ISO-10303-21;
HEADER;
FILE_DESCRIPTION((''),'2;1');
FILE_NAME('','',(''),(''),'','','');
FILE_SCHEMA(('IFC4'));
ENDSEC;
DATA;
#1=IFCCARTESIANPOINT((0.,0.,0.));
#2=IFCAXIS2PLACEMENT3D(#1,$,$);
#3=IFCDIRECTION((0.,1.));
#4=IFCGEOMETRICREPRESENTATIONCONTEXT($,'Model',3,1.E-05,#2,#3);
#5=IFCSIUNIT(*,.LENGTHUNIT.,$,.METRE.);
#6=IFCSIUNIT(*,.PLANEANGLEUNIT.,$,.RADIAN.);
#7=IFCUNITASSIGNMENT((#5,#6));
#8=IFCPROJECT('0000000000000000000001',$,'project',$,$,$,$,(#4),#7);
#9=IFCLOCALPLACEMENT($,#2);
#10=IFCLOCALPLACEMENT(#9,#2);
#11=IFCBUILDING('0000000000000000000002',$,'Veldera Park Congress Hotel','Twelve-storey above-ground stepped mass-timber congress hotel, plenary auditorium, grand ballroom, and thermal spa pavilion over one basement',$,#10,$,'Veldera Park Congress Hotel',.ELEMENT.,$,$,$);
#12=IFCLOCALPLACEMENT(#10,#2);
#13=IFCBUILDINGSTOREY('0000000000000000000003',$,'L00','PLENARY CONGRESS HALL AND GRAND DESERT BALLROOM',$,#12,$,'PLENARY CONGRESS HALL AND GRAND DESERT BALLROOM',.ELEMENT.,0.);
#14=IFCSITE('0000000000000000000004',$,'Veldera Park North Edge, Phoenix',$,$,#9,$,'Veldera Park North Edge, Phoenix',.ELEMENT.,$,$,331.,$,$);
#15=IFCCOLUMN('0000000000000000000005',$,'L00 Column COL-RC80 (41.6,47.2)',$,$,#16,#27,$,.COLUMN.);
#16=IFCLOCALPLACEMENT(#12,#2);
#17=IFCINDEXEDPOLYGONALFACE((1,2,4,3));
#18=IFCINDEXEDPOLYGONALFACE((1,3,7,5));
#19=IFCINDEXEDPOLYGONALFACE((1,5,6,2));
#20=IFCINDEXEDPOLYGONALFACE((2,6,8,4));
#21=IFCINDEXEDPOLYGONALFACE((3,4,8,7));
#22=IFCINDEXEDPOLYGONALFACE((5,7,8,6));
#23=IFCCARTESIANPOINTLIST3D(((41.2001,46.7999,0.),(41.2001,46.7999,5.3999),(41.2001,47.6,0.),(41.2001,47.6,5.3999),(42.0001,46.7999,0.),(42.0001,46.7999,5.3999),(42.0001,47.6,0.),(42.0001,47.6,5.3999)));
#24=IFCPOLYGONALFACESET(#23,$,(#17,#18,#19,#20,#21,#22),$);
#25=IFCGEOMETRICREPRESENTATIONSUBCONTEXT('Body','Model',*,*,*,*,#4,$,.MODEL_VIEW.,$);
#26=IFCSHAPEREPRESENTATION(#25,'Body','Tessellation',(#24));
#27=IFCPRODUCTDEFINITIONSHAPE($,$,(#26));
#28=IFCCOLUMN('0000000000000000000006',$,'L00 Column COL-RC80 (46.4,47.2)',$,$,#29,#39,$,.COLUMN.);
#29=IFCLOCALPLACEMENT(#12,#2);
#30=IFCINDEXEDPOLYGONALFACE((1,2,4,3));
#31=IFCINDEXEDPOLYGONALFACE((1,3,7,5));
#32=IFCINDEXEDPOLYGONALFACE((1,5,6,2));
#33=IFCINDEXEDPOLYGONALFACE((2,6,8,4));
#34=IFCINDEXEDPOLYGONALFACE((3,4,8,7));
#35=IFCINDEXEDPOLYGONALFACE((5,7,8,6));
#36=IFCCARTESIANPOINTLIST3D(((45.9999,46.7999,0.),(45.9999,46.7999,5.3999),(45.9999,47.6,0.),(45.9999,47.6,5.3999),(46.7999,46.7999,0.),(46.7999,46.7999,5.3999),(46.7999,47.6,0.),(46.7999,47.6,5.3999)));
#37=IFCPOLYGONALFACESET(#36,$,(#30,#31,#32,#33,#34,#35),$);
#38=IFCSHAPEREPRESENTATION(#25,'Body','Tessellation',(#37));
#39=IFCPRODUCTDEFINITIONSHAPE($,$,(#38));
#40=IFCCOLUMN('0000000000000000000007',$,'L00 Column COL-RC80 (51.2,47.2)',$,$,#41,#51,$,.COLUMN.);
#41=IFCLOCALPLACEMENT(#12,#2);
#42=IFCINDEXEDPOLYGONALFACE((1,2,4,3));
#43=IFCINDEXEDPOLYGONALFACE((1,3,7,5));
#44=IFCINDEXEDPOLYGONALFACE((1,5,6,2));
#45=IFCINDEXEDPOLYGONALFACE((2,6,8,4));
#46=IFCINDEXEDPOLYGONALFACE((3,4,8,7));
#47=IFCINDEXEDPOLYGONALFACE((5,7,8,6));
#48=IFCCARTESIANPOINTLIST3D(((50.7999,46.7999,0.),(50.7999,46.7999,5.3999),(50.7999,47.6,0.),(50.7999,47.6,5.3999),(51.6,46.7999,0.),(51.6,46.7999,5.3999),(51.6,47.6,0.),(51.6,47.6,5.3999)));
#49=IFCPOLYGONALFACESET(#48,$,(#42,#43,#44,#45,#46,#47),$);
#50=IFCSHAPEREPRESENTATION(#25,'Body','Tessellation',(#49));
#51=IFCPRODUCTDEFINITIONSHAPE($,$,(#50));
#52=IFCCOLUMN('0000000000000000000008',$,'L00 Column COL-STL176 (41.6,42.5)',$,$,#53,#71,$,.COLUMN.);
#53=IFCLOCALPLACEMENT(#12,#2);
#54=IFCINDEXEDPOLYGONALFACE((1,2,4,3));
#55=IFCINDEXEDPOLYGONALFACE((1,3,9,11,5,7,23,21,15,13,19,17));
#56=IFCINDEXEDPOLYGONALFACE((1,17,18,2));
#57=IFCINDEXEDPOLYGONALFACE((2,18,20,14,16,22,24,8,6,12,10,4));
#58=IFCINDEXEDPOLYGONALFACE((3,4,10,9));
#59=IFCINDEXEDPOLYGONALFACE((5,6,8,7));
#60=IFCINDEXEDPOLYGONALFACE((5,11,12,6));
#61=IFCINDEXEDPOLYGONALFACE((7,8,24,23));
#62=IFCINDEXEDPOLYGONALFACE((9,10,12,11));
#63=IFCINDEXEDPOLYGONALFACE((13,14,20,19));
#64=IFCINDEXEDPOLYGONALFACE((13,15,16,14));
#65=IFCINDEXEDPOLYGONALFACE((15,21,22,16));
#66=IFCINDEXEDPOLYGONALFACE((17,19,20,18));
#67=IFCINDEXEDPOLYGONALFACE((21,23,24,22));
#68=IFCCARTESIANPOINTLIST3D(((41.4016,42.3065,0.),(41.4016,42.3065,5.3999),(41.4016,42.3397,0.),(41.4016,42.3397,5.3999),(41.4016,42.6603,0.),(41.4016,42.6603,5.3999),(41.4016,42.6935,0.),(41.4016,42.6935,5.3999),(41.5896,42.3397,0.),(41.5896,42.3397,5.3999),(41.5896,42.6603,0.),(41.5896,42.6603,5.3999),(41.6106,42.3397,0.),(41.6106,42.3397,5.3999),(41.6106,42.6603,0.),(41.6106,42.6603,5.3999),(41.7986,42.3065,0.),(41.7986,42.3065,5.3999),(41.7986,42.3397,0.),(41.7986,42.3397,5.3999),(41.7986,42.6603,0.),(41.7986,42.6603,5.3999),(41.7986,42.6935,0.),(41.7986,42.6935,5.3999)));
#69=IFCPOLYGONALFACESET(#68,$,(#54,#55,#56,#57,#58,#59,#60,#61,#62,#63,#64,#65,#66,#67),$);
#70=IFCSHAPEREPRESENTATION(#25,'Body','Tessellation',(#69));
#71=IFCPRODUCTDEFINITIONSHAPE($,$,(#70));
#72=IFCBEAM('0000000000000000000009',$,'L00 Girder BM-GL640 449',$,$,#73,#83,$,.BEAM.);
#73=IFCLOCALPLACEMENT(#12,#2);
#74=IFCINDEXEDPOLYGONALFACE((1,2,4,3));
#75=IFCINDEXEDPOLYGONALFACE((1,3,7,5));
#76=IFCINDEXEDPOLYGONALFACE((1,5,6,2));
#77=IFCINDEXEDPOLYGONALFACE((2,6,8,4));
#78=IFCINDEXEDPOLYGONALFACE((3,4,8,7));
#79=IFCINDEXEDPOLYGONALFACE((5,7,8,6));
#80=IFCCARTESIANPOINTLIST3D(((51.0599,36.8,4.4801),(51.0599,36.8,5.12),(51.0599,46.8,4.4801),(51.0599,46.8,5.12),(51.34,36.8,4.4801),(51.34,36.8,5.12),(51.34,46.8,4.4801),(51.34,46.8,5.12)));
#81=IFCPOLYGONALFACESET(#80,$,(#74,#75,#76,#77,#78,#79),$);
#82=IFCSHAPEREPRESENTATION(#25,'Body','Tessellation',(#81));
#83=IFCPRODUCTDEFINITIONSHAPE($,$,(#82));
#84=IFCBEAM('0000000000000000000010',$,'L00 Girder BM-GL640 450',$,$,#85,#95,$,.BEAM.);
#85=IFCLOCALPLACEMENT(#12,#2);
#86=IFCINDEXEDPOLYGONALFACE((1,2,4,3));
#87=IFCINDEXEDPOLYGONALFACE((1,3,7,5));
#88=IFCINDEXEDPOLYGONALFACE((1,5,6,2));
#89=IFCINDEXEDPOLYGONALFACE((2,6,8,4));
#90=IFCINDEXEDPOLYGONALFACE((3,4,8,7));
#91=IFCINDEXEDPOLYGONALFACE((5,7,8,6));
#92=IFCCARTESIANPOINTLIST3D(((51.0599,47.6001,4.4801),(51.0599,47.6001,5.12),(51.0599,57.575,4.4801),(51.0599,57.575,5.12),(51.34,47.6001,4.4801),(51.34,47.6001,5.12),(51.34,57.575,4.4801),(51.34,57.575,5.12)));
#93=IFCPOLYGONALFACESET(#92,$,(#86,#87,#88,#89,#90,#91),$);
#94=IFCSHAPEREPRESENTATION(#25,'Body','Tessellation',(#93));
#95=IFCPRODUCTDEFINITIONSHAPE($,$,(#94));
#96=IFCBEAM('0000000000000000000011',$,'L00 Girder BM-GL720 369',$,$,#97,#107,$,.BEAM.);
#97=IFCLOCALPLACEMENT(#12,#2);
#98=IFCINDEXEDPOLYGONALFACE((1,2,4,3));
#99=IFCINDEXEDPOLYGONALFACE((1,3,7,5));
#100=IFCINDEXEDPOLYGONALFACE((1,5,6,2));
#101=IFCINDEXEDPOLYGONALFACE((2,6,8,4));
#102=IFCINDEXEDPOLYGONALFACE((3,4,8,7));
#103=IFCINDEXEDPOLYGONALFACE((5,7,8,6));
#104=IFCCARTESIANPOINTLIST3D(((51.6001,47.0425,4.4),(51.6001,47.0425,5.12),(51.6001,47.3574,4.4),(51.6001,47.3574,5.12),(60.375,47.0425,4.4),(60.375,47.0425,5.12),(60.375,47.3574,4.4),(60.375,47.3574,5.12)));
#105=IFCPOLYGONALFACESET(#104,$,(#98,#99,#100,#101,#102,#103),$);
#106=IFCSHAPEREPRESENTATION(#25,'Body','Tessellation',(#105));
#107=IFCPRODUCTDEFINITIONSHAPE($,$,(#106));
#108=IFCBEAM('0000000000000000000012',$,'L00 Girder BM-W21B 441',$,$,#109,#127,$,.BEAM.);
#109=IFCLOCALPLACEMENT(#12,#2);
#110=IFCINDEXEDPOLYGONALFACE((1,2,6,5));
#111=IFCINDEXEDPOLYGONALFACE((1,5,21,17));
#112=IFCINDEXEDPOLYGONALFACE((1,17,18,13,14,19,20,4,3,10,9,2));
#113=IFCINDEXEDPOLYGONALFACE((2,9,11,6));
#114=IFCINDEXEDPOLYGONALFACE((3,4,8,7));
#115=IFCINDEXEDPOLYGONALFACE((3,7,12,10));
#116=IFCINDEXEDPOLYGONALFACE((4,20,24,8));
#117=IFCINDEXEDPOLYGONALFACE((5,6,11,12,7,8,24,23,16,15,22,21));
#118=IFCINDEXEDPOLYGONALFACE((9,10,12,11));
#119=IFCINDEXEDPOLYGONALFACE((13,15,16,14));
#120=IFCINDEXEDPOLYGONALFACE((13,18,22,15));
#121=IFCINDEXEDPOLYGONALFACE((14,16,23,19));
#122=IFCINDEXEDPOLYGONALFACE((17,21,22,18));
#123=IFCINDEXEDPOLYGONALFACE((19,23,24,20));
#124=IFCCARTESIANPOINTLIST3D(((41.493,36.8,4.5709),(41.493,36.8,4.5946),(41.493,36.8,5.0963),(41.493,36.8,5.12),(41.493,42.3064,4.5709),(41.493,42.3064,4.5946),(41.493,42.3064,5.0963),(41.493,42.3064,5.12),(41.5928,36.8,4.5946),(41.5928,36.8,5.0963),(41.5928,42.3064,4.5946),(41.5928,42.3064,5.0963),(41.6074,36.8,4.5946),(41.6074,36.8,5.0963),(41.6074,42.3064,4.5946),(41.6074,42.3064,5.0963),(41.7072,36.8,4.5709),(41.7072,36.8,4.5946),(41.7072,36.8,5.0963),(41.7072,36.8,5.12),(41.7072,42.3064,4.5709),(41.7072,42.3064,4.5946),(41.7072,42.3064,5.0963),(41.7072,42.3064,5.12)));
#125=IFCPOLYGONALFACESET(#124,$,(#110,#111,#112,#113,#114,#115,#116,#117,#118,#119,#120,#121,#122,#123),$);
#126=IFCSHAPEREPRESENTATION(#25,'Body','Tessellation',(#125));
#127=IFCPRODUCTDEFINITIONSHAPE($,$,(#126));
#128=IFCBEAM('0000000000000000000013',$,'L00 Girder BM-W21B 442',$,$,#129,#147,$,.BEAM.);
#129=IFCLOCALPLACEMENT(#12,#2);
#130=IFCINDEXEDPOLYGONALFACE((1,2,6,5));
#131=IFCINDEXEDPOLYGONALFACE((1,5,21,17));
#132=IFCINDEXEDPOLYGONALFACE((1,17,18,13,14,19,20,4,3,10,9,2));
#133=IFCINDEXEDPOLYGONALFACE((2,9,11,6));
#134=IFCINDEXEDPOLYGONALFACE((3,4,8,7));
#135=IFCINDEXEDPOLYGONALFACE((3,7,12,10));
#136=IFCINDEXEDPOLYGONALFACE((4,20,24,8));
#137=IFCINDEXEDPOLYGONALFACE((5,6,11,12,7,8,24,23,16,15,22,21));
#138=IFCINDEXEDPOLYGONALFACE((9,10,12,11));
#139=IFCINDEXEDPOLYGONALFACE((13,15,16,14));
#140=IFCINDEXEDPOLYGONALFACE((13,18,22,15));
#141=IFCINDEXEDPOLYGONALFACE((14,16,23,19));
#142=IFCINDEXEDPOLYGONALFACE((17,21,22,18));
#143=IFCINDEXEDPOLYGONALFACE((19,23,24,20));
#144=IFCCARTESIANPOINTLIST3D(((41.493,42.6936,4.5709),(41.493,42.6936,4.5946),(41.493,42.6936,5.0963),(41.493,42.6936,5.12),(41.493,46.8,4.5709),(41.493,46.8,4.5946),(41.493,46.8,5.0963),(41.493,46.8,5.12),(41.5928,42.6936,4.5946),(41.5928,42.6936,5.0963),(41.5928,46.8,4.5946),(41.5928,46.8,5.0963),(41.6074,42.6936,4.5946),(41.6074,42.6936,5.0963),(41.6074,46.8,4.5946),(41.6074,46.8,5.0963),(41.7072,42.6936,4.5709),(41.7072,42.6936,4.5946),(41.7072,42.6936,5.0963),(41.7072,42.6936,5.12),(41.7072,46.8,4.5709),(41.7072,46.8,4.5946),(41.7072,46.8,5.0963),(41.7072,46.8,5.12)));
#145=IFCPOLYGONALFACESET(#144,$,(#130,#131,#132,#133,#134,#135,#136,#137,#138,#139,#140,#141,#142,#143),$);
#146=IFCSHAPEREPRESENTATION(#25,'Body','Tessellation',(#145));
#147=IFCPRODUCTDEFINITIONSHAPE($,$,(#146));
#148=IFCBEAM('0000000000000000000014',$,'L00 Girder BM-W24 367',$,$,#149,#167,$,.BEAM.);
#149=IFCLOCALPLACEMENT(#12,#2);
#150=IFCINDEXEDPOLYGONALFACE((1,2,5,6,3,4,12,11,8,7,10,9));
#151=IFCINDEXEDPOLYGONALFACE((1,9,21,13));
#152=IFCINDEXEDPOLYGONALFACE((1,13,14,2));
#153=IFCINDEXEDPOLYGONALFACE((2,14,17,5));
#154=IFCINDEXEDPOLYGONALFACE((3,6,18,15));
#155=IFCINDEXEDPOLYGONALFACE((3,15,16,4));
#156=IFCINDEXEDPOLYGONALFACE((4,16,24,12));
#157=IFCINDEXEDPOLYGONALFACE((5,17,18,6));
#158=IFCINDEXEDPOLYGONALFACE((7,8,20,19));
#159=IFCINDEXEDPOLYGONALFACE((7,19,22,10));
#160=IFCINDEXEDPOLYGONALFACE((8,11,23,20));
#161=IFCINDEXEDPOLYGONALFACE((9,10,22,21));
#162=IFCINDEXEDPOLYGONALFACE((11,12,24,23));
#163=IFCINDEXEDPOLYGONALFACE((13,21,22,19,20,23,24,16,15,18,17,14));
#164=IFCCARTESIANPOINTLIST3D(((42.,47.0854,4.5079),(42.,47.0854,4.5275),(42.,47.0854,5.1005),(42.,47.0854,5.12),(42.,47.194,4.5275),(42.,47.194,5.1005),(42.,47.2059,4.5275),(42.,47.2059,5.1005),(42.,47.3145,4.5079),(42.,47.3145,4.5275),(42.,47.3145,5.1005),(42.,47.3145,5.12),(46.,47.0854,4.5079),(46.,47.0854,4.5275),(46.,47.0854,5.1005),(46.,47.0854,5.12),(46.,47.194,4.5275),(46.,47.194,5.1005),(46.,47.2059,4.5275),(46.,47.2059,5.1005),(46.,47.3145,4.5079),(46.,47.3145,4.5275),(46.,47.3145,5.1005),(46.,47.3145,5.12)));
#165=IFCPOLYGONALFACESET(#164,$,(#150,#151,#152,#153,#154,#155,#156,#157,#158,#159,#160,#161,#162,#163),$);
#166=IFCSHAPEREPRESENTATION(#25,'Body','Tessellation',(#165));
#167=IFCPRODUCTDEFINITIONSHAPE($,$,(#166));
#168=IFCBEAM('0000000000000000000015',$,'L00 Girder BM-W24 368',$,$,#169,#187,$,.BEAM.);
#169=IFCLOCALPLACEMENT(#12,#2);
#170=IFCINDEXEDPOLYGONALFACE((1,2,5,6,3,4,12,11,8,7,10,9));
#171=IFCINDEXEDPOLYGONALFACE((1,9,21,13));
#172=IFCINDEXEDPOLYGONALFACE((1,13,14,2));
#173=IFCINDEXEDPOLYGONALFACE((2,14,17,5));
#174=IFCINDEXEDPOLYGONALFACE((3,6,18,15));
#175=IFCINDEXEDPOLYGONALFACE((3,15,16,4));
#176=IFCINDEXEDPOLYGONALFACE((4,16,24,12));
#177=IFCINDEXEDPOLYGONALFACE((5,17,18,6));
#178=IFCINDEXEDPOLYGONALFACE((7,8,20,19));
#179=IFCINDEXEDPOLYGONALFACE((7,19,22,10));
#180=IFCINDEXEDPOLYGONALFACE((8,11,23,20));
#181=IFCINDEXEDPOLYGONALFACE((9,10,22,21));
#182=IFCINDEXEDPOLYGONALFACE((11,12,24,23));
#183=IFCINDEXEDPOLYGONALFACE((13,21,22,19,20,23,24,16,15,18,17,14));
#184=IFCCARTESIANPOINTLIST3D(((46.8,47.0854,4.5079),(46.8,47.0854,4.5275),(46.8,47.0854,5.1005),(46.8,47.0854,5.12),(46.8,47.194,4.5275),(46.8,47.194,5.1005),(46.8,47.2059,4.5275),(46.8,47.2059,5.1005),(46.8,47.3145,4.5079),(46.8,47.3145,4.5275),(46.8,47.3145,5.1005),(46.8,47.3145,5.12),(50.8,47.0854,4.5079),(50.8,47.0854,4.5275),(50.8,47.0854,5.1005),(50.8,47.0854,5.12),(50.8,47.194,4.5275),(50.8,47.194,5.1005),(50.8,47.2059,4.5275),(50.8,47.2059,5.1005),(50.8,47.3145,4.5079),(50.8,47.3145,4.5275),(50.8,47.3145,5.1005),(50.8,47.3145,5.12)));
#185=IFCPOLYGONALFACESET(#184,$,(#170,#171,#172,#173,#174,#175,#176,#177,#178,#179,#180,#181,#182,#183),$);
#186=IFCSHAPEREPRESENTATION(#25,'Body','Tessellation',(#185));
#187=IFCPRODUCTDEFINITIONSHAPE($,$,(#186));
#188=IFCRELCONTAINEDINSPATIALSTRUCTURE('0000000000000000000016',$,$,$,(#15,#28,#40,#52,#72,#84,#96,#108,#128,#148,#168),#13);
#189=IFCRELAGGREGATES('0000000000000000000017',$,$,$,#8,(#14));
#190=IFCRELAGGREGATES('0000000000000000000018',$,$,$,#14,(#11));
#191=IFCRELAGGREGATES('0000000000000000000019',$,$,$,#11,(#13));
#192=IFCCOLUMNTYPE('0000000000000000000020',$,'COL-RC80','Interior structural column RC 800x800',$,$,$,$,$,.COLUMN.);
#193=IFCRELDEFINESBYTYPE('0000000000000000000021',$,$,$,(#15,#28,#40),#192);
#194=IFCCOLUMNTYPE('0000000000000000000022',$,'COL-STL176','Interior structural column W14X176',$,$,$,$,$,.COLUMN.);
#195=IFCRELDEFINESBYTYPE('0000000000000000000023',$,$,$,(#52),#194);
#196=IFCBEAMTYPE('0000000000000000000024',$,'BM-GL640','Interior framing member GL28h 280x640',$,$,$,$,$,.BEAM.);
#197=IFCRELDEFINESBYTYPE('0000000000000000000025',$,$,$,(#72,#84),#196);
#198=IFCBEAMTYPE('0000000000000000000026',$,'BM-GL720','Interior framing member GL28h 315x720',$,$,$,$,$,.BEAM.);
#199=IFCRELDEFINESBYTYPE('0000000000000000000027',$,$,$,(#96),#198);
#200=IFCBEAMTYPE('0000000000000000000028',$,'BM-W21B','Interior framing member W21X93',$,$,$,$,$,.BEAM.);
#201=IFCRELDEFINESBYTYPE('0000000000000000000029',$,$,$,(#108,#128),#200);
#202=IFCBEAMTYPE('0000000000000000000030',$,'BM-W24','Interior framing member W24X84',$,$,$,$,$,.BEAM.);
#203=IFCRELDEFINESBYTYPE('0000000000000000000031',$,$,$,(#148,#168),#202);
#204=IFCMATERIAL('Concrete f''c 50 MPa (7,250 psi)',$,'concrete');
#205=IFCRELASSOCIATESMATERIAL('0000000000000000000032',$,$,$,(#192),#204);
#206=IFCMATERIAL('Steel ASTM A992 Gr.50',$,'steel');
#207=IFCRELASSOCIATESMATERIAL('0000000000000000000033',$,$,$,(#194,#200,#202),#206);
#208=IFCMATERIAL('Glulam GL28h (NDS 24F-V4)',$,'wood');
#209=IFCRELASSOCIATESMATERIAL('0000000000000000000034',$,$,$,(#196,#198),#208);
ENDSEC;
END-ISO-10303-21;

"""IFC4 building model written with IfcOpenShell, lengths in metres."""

from ifc_helpers import new_model, si_unit, direction, frame, origin, origin_2d, place, context, subcontext, project, spatial, rectangle, i_section, extrude, material, material_profile, profile_set, type_object, element, save


model = new_model("IFC4")

# Units and contexts
model_context = context("Model", 3, precision=1e-05, world=origin(), true_north=direction((0.0, 1.0)))
body_context = subcontext(model_context, "Body", "Model", "MODEL_VIEW")
ifc_project = project(units=[si_unit("LENGTHUNIT", "METRE"), si_unit("PLANEANGLEUNIT", "RADIAN")], contexts=[model_context])

# Site, building, storey
site_placement = place(None, origin())
site = spatial("IfcSite", under=ifc_project, at=site_placement, Name="Veldera Park North Edge, Phoenix", LongName="Veldera Park North Edge, Phoenix", CompositionType="ELEMENT", RefElevation=331.0)
building_placement = place(site_placement, origin())
building = spatial("IfcBuilding", under=site, at=building_placement, Name="Veldera Park Congress Hotel", Description="Twelve-storey above-ground stepped mass-timber congress hotel, plenary auditorium, grand ballroom, and thermal spa pavilion over one basement", LongName="Veldera Park Congress Hotel", CompositionType="ELEMENT")
storey_placement = place(building_placement, origin())
storey = spatial("IfcBuildingStorey", under=building, at=storey_placement, Name="L00", Description="PLENARY CONGRESS HALL AND GRAND DESERT BALLROOM", LongName="PLENARY CONGRESS HALL AND GRAND DESERT BALLROOM", CompositionType="ELEMENT", Elevation=0.0)

# Columns
ifc_material_1 = material(Name="Concrete f'c 50 MPa (7,250 psi)", Category="concrete")
ifc_material_profile_1 = material_profile(ifc_material_1, rectangle(XDim=0.8, YDim=0.8, at=origin_2d()), Name="RC 800x800")
ifc_profile_set_1 = profile_set([ifc_material_profile_1], Name="Concrete f'c 50 MPa (7,250 psi)")
column_type_1 = type_object("IfcColumnType", Name="COL-RC80", Description="Interior structural column RC 800x800", PredefinedType="COLUMN", material=ifc_profile_set_1)
for number, where, z_axis, x_axis, name in (
    (1, (41.6001, 47.2, 0.0), (0.0, 0.0, 1.0), (1.0, 0.0, 0.0), "L00 Column COL-RC80 (41.6,47.2)"),
    (2, (46.3999, 47.2, 0.0), (0.0, 0.0, 1.0), (1.0, 0.0, 0.0), "L00 Column COL-RC80 (46.4,47.2)"),
    (3, (51.2, 47.2, 0.0), (0.0, 0.0, 1.0), (1.0, 0.0, 0.0), "L00 Column COL-RC80 (51.2,47.2)"),
):
    element("IfcColumn", number, at=place(storey_placement, frame(where, z_axis=z_axis, x_axis=x_axis)), inside=storey, type_object=column_type_1, Name=name, PredefinedType="COLUMN", context=body_context, shape_type="SweptSolid", body=[
        extrude(rectangle(XDim=0.8, YDim=0.8, at=origin_2d()), origin(), (0.0, 0.0, 1.0), 5.3999),
    ])
ifc_material_2 = material(Name="Steel ASTM A992 Gr.50", Category="steel")
ifc_material_profile_2 = material_profile(ifc_material_2, i_section(OverallWidth=0.397, OverallDepth=0.387, WebThickness=0.021, FlangeThickness=0.0332, at=origin_2d()), Name="W14X176")
ifc_profile_set_2 = profile_set([ifc_material_profile_2], Name="Steel ASTM A992 Gr.50")
column_type_2 = type_object("IfcColumnType", Name="COL-STL176", Description="Interior structural column W14X176", PredefinedType="COLUMN", material=ifc_profile_set_2)
column_placement = place(storey_placement, frame((41.6001, 42.5, 0.0), z_axis=(0.0, 0.0, 1.0), x_axis=(1.0, 0.0, 0.0)))
element("IfcColumn", 4, at=column_placement, inside=storey, type_object=column_type_2, Name="L00 Column COL-STL176 (41.6,42.5)", PredefinedType="COLUMN", context=body_context, shape_type="SweptSolid", body=[
    extrude(i_section(OverallWidth=0.397, OverallDepth=0.387, WebThickness=0.021, FlangeThickness=0.0332, at=origin_2d()), origin(), (0.0, 0.0, 1.0), 5.3999),
])

# Beams
ifc_material_3 = material(Name="Glulam GL28h (NDS 24F-V4)", Category="wood")
ifc_material_profile_3 = material_profile(ifc_material_3, rectangle(XDim=0.28, YDim=0.6399, at=origin_2d()), Name="GL28h 280x640")
ifc_profile_set_3 = profile_set([ifc_material_profile_3], Name="Glulam GL28h (NDS 24F-V4)")
beam_type_1 = type_object("IfcBeamType", Name="BM-GL640", Description="Interior framing member GL28h 280x640", PredefinedType="BEAM", material=ifc_profile_set_3)
beam_1_placement = place(storey_placement, frame((51.2, 36.8, 4.8), z_axis=(0.0, 1.0, 0.0), x_axis=(-1.0, 0.0, 0.0)))
element("IfcBeam", 5, at=beam_1_placement, inside=storey, type_object=beam_type_1, Name="L00 Girder BM-GL640 449", PredefinedType="BEAM", context=body_context, shape_type="SweptSolid", body=[
    extrude(rectangle(XDim=0.28, YDim=0.6399, at=origin_2d()), origin(), (0.0, 0.0, 1.0), 10.0),
])
beam_2_placement = place(storey_placement, frame((51.2, 47.6001, 4.8), z_axis=(0.0, 1.0, 0.0), x_axis=(-1.0, 0.0, 0.0)))
element("IfcBeam", 6, at=beam_2_placement, inside=storey, type_object=beam_type_1, Name="L00 Girder BM-GL640 450", PredefinedType="BEAM", context=body_context, shape_type="SweptSolid", body=[
    extrude(rectangle(XDim=0.28, YDim=0.6399, at=origin_2d()), origin(), (0.0, 0.0, 1.0), 9.9749),
])
ifc_material_profile_4 = material_profile(ifc_material_3, rectangle(XDim=0.3149, YDim=0.72, at=origin_2d()), Name="GL28h 315x720")
ifc_profile_set_4 = profile_set([ifc_material_profile_4], Name="Glulam GL28h (NDS 24F-V4)")
beam_type_2 = type_object("IfcBeamType", Name="BM-GL720", Description="Interior framing member GL28h 315x720", PredefinedType="BEAM", material=ifc_profile_set_4)
beam_3_placement = place(storey_placement, frame((51.6001, 47.2, 4.76), z_axis=(1.0, 0.0, 0.0), x_axis=(0.0, 1.0, 0.0)))
element("IfcBeam", 7, at=beam_3_placement, inside=storey, type_object=beam_type_2, Name="L00 Girder BM-GL720 369", PredefinedType="BEAM", context=body_context, shape_type="SweptSolid", body=[
    extrude(rectangle(XDim=0.3149, YDim=0.72, at=origin_2d()), origin(), (0.0, 0.0, 1.0), 8.7749),
])
ifc_material_profile_5 = material_profile(ifc_material_2, i_section(OverallWidth=0.2141, OverallDepth=0.5491, WebThickness=0.0146, FlangeThickness=0.0237, at=origin_2d()), Name="W21X93")
ifc_profile_set_5 = profile_set([ifc_material_profile_5], Name="Steel ASTM A992 Gr.50")
beam_type_3 = type_object("IfcBeamType", Name="BM-W21B", Description="Interior framing member W21X93", PredefinedType="BEAM", material=ifc_profile_set_5)
beam_4_placement = place(storey_placement, frame((41.6001, 36.8, 4.8455), z_axis=(0.0, 1.0, 0.0), x_axis=(-1.0, 0.0, 0.0)))
element("IfcBeam", 8, at=beam_4_placement, inside=storey, type_object=beam_type_3, Name="L00 Girder BM-W21B 441", PredefinedType="BEAM", context=body_context, shape_type="SweptSolid", body=[
    extrude(i_section(OverallWidth=0.2141, OverallDepth=0.5491, WebThickness=0.0146, FlangeThickness=0.0237, at=origin_2d()), origin(), (0.0, 0.0, 1.0), 5.5063),
])
beam_5_placement = place(storey_placement, frame((41.6001, 42.6936, 4.8455), z_axis=(0.0, 1.0, 0.0), x_axis=(-1.0, 0.0, 0.0)))
element("IfcBeam", 9, at=beam_5_placement, inside=storey, type_object=beam_type_3, Name="L00 Girder BM-W21B 442", PredefinedType="BEAM", context=body_context, shape_type="SweptSolid", body=[
    extrude(i_section(OverallWidth=0.2141, OverallDepth=0.5491, WebThickness=0.0146, FlangeThickness=0.0237, at=origin_2d()), origin(), (0.0, 0.0, 1.0), 4.1064),
])
ifc_material_profile_6 = material_profile(ifc_material_2, i_section(OverallWidth=0.229, OverallDepth=0.6121, WebThickness=0.012, FlangeThickness=0.0195, at=origin_2d()), Name="W24X84")
ifc_profile_set_6 = profile_set([ifc_material_profile_6], Name="Steel ASTM A992 Gr.50")
beam_type_4 = type_object("IfcBeamType", Name="BM-W24", Description="Interior framing member W24X84", PredefinedType="BEAM", material=ifc_profile_set_6)
for number, where, z_axis, x_axis, name in (
    (10, (42.0, 47.2, 4.814), (1.0, 0.0, 0.0), (0.0, 1.0, 0.0), "L00 Girder BM-W24 367"),
    (11, (46.8, 47.2, 4.814), (1.0, 0.0, 0.0), (0.0, 1.0, 0.0), "L00 Girder BM-W24 368"),
):
    element("IfcBeam", number, at=place(storey_placement, frame(where, z_axis=z_axis, x_axis=x_axis)), inside=storey, type_object=beam_type_4, Name=name, PredefinedType="BEAM", context=body_context, shape_type="SweptSolid", body=[
        extrude(i_section(OverallWidth=0.229, OverallDepth=0.6121, WebThickness=0.012, FlangeThickness=0.0195, at=origin_2d()), origin(), (0.0, 0.0, 1.0), 4.0),
    ])

save(model, "model.ifc")
